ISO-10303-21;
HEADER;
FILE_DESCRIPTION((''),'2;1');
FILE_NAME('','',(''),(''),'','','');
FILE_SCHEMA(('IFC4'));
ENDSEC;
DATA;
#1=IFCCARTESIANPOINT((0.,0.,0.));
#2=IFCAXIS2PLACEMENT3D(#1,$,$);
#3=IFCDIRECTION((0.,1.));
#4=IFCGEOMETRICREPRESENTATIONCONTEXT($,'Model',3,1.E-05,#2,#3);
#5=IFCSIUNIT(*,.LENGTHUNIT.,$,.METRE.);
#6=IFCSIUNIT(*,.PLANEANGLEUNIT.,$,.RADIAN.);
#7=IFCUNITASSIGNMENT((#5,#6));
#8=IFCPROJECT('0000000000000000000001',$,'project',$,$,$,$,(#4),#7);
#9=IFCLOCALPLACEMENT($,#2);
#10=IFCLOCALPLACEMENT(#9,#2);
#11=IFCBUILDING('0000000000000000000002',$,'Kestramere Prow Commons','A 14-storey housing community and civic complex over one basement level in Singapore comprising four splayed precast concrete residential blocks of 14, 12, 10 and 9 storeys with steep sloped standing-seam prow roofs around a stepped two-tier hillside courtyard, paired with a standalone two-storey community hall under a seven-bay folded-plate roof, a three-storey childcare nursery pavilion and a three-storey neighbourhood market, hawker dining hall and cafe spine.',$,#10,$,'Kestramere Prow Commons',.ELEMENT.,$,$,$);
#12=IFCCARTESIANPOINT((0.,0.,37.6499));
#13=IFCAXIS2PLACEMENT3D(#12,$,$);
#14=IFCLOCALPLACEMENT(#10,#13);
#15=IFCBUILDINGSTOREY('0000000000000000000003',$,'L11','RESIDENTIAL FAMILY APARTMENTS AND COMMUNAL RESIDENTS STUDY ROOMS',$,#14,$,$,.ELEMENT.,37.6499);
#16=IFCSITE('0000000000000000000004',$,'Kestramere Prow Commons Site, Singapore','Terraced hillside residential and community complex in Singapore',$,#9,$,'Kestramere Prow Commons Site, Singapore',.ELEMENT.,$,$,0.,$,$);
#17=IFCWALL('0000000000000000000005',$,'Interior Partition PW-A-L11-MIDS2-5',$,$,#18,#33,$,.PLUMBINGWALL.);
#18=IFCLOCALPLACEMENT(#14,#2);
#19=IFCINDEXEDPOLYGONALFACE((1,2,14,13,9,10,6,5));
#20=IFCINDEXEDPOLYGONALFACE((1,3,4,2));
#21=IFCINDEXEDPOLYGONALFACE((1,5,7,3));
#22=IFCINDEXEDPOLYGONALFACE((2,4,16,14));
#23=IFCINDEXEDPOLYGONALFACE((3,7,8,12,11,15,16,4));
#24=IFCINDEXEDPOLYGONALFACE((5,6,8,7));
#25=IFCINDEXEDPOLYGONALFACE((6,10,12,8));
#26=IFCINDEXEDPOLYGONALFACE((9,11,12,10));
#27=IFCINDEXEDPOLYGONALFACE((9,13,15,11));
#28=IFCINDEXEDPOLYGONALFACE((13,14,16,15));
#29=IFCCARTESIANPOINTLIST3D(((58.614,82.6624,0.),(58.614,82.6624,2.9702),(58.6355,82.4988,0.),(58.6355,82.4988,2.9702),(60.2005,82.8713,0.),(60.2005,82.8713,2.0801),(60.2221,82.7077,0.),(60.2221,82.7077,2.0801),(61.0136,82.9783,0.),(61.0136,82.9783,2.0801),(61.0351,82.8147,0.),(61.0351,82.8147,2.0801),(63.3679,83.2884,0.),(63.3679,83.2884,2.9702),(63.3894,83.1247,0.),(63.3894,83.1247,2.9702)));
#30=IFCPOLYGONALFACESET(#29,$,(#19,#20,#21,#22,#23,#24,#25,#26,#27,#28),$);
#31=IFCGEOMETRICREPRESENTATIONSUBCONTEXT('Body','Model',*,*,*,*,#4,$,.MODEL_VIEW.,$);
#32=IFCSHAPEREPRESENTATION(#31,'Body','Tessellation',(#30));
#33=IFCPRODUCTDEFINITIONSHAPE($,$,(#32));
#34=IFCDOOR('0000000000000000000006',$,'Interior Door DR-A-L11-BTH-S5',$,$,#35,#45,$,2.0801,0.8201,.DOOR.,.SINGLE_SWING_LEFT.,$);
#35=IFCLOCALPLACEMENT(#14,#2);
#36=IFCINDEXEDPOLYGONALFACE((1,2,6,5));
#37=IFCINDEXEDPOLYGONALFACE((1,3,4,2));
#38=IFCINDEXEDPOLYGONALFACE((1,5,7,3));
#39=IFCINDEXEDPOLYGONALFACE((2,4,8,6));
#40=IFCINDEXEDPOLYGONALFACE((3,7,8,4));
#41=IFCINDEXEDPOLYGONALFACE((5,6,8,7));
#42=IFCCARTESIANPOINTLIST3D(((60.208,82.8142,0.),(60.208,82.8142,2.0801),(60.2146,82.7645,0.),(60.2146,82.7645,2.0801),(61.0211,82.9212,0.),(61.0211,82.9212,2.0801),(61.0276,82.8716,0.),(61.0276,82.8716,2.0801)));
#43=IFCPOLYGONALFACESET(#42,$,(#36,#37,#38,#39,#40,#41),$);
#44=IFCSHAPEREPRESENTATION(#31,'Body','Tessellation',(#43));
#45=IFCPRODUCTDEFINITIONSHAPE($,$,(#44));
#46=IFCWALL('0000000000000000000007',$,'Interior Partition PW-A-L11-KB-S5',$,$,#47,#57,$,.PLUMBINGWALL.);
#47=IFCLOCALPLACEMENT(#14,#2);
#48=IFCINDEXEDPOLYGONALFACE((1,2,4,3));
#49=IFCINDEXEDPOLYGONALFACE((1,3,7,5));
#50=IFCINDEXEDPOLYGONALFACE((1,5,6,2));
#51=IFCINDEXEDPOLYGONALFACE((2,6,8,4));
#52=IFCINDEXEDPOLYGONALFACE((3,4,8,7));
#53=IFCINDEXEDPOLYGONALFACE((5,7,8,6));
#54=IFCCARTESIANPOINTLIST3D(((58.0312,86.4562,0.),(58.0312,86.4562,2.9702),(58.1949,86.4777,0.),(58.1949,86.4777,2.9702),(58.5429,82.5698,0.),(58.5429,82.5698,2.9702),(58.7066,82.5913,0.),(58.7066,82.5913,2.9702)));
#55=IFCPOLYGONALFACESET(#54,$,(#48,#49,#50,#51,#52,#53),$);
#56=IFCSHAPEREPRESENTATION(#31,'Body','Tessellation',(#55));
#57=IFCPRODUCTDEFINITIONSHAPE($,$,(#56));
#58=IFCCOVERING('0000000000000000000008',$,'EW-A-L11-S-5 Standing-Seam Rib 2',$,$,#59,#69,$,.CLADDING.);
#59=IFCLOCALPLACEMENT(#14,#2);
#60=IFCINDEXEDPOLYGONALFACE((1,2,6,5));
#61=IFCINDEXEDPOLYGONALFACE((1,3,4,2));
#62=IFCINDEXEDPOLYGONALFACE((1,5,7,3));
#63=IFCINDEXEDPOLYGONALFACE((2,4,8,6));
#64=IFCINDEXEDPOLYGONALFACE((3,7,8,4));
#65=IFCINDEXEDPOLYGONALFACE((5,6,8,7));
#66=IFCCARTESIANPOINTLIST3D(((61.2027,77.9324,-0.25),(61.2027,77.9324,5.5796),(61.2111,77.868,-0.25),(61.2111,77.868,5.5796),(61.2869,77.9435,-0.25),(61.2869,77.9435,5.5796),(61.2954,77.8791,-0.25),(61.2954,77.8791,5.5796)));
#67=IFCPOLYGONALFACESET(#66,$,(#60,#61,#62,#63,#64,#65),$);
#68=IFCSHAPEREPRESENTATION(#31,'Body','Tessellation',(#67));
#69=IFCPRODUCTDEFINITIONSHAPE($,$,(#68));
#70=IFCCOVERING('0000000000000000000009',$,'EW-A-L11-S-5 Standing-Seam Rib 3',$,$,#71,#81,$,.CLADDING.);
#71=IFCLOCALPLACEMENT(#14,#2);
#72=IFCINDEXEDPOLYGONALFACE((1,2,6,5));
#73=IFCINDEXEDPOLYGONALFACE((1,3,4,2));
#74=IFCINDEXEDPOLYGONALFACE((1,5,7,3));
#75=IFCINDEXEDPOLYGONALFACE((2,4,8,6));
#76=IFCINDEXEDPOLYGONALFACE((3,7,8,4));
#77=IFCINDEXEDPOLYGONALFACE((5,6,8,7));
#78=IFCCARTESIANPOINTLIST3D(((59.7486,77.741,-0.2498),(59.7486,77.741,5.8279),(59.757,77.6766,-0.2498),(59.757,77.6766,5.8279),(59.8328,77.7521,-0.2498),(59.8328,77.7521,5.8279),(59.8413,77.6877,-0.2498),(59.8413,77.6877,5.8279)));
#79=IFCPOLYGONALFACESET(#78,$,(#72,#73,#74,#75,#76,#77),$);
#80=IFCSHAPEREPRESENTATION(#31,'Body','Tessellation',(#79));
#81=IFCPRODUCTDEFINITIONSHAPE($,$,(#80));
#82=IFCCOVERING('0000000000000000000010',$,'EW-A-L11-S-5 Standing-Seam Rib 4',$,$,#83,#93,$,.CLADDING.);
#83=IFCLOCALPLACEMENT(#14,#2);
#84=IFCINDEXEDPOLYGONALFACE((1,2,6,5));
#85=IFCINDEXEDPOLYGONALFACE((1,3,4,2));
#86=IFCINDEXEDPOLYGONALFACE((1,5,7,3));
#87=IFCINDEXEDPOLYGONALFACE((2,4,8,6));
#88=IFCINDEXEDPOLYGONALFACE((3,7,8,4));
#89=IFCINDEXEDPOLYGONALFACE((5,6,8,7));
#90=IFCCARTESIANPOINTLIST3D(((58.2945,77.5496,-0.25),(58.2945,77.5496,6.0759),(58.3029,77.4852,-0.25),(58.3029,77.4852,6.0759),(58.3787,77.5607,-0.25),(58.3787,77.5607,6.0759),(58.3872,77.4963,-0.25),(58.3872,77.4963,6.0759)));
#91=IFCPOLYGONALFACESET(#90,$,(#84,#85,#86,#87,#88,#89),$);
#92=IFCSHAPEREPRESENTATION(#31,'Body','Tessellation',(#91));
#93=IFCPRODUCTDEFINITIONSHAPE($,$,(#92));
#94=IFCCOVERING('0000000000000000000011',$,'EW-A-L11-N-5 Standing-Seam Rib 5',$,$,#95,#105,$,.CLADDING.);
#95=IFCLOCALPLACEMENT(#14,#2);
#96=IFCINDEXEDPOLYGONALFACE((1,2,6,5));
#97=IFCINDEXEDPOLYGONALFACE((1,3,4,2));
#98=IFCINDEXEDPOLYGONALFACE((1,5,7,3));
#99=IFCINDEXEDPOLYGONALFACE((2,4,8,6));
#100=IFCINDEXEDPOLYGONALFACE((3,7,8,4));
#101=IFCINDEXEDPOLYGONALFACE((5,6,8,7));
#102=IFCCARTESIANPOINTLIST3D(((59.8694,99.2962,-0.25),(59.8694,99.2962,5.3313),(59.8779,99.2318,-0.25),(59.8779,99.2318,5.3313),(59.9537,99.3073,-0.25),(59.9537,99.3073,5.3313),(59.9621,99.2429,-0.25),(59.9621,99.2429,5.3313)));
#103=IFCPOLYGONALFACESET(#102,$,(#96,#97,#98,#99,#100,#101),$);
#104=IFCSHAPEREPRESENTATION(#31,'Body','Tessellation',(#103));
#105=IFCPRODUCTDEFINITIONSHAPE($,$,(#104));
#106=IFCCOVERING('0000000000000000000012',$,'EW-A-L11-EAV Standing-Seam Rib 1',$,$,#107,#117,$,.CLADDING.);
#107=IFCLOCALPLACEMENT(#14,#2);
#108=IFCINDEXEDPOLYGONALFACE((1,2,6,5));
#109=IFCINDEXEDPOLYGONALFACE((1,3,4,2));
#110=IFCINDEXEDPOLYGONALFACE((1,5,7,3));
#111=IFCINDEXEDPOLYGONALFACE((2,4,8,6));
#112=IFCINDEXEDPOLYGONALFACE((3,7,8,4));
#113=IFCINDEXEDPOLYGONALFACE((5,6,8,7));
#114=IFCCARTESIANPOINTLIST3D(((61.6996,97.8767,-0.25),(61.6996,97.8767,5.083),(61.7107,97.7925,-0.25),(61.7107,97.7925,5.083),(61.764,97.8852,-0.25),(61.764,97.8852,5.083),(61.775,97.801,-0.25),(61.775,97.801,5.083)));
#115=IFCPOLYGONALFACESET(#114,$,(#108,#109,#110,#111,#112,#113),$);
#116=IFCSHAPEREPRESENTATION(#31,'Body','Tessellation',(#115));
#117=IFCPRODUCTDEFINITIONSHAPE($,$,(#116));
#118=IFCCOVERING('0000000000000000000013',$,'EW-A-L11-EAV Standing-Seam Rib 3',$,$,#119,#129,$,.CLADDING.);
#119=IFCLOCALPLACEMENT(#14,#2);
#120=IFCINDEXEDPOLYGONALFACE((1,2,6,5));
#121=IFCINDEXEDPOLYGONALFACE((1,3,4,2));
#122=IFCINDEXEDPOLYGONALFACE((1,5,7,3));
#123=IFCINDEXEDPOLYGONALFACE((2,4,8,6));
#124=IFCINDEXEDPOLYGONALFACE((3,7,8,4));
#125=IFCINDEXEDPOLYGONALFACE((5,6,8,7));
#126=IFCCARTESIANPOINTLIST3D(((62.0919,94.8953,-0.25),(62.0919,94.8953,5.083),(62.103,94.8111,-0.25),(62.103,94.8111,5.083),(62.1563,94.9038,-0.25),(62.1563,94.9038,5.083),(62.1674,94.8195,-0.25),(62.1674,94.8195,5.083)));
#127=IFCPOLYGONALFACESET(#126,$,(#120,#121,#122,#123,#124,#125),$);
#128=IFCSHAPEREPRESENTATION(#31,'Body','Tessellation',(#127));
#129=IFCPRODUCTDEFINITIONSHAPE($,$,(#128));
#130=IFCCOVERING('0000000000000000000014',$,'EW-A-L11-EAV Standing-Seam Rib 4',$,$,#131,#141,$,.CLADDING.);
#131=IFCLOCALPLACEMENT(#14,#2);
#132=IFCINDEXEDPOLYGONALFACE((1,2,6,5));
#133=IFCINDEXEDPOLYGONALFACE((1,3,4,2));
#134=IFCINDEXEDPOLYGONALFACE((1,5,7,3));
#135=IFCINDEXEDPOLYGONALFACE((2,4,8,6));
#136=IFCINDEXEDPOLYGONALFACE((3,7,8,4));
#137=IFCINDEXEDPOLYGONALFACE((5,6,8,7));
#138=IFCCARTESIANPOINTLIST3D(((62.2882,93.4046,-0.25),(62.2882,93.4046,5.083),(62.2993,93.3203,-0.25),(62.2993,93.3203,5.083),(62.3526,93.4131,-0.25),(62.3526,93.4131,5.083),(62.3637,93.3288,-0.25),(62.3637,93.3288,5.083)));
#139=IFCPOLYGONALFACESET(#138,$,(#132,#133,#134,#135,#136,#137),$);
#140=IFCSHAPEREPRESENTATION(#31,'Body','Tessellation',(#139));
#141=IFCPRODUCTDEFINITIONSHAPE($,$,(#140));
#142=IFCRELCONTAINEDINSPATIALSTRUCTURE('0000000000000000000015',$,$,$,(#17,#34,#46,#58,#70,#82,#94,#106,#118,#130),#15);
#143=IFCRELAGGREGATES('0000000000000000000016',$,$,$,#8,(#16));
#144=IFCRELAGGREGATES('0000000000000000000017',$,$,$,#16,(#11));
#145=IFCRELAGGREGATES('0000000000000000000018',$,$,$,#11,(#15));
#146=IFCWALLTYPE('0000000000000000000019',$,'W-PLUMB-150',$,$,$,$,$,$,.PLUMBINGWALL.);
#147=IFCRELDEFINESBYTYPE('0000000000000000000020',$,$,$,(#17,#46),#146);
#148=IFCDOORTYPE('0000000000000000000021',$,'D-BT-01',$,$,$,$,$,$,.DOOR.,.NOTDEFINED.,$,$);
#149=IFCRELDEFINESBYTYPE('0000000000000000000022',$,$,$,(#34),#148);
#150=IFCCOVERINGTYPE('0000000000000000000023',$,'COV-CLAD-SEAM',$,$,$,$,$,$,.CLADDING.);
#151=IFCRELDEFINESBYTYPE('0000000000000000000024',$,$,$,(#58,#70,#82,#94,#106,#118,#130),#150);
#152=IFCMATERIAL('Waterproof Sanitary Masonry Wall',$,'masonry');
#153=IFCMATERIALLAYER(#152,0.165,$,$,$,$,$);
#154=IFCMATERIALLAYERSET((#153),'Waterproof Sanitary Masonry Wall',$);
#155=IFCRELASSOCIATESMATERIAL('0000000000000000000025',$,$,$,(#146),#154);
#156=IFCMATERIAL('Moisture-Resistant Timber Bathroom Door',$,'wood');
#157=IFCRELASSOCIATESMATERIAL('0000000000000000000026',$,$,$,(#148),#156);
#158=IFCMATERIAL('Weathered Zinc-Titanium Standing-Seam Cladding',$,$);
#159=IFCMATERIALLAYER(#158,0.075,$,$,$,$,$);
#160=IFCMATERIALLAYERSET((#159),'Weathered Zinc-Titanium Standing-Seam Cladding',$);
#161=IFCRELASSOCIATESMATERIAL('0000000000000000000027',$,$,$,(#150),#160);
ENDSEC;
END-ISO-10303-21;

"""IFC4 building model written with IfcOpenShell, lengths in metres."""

from ifc_helpers import new_model, si_unit, direction, frame, frame_2d, origin, origin_2d, place, context, subcontext, project, spatial, rectangle, extrude, material, layer, layer_set, type_object, element, fill, save


model = new_model("IFC4")

# Units and contexts
model_context = context("Model", 3, precision=1e-05, world=origin(), true_north=direction((0.0, 1.0)))
body_context = subcontext(model_context, "Body", "Model", "MODEL_VIEW")
ifc_project = project(units=[si_unit("LENGTHUNIT", "METRE"), si_unit("PLANEANGLEUNIT", "RADIAN")], contexts=[model_context])

# Site, building, storey
site_placement = place(None, origin())
site = spatial("IfcSite", under=ifc_project, at=site_placement, Name="Kestramere Prow Commons Site, Singapore", Description="Terraced hillside residential and community complex in Singapore", LongName="Kestramere Prow Commons Site, Singapore", CompositionType="ELEMENT", RefElevation=0.0)
building_placement = place(site_placement, origin())
building = spatial("IfcBuilding", under=site, at=building_placement, Name="Kestramere Prow Commons", Description="A 14-storey housing community and civic complex over one basement level in Singapore comprising four splayed precast concrete residential blocks of 14, 12, 10 and 9 storeys with steep sloped standing-seam prow roofs around a stepped two-tier hillside courtyard, paired with a standalone two-storey community hall under a seven-bay folded-plate roof, a three-storey childcare nursery pavilion and a three-storey neighbourhood market, hawker dining hall and cafe spine.", LongName="Kestramere Prow Commons", CompositionType="ELEMENT")
storey_placement = place(building_placement, frame((0.0, 0.0, 37.6499)))
storey = spatial("IfcBuildingStorey", under=building, at=storey_placement, Name="L11", Description="RESIDENTIAL FAMILY APARTMENTS AND COMMUNAL RESIDENTS STUDY ROOMS", CompositionType="ELEMENT", Elevation=37.6499)

# Wall, opening, door
ifc_material_1 = material(Name="Waterproof Sanitary Masonry Wall", Category="masonry")
ifc_layer_1 = layer(ifc_material_1, 0.165)
ifc_layer_set_1 = layer_set([ifc_layer_1], Name="Waterproof Sanitary Masonry Wall")
wall_type_1 = type_object("IfcWallType", Name="W-PLUMB-150", PredefinedType="PLUMBINGWALL", material=ifc_layer_set_1)
wall_1_placement = place(storey_placement, frame((58.6248, 82.5806, 0.0), z_axis=(0.0, 0.0, 1.0), x_axis=(0.991442, 0.130549, 0.0)))
wall_1 = element("IfcWall", 1, at=wall_1_placement, inside=storey, type_object=wall_type_1, Name="Interior Partition PW-A-L11-MIDS2-5", PredefinedType="PLUMBINGWALL", context=body_context, shape_type="SweptSolid", body=[
    extrude(rectangle(XDim=4.7949, YDim=0.165, at=frame_2d((2.3975, 0.0))), origin(), (0.0, 0.0, 1.0), 2.9702),
])
opening_1_placement = place(wall_1_placement, frame((1.6001, 0.0, 0.0)))
opening_1 = element("IfcOpeningElement", 2, at=opening_1_placement, cuts=wall_1, PredefinedType="OPENING", context=body_context, shape_type="SweptSolid", body=[
    extrude(rectangle(XDim=0.8201, YDim=2.0801, at=frame_2d((0.4102, 1.04))), frame((0.0, 0.0974, 0.0), z_axis=(0.0, -1.0, 0.0), x_axis=(1.0, 0.0, 0.0)), (0.0, 0.0, 1.0), 0.1951),
])
ifc_material_2 = material(Name="Moisture-Resistant Timber Bathroom Door", Category="wood")
door_type_1 = type_object("IfcDoorType", Name="D-BT-01", OperationType="NOTDEFINED", PredefinedType="DOOR", material=ifc_material_2)
door_1_placement = place(opening_1_placement, origin())
door_1 = element("IfcDoor", 3, at=door_1_placement, inside=storey, type_object=door_type_1, Name="Interior Door DR-A-L11-BTH-S5", OperationType="SINGLE_SWING_LEFT", OverallHeight=2.0801, OverallWidth=0.8201, PredefinedType="DOOR", context=body_context, shape_type="SweptSolid", body=[
    extrude(rectangle(XDim=0.8201, YDim=2.0801, at=frame_2d((0.4102, 1.04))), frame((0.0, 0.0249, 0.0), z_axis=(0.0, -1.0, 0.0), x_axis=(1.0, 0.0, 0.0)), (0.0, 0.0, 1.0), 0.05),
])
fill(opening_1, door_1)

# Wall
wall_2_placement = place(storey_placement, frame((58.6248, 82.5806, 0.0), z_axis=(0.0, 0.0, 1.0), x_axis=(-0.13054, 0.991443, 0.0)))
element("IfcWall", 4, at=wall_2_placement, inside=storey, type_object=wall_type_1, Name="Interior Partition PW-A-L11-KB-S5", PredefinedType="PLUMBINGWALL", context=body_context, shape_type="SweptSolid", body=[
    extrude(rectangle(XDim=3.9199, YDim=0.165, at=frame_2d((1.96, 0.0))), origin(), (0.0, 0.0, 1.0), 2.9702),
])

# Coverings
ifc_material_3 = material(Name="Weathered Zinc-Titanium Standing-Seam Cladding")
ifc_layer_2 = layer(ifc_material_3, 0.075)
ifc_layer_set_2 = layer_set([ifc_layer_2], Name="Weathered Zinc-Titanium Standing-Seam Cladding")
covering_type = type_object("IfcCoveringType", Name="COV-CLAD-SEAM", PredefinedType="CLADDING", material=ifc_layer_set_2)
covering_1_placement = place(storey_placement, frame((61.249, 77.9058, -0.25), z_axis=(0.0, 0.0, 1.0), x_axis=(-0.991445, -0.130526, 0.0)))
element("IfcCovering", 5, at=covering_1_placement, inside=storey, type_object=covering_type, Name="EW-A-L11-S-5 Standing-Seam Rib 2", PredefinedType="CLADDING", context=body_context, shape_type="SweptSolid", body=[
    extrude(rectangle(XDim=0.085, YDim=0.0649, at=origin_2d()), origin(), (0.0, 0.0, 1.0), 5.8296),
])
covering_2_placement = place(storey_placement, frame((59.7949, 77.7144, -0.2498), z_axis=(0.0, 0.0, 1.0), x_axis=(-0.991445, -0.130526, 0.0)))
element("IfcCovering", 6, at=covering_2_placement, inside=storey, type_object=covering_type, Name="EW-A-L11-S-5 Standing-Seam Rib 3", PredefinedType="CLADDING", context=body_context, shape_type="SweptSolid", body=[
    extrude(rectangle(XDim=0.085, YDim=0.0649, at=origin_2d()), origin(), (0.0, 0.0, 1.0), 6.0776),
])
covering_3_placement = place(storey_placement, frame((58.3408, 77.5229, -0.25), z_axis=(0.0, 0.0, 1.0), x_axis=(-0.991445, -0.130526, 0.0)))
element("IfcCovering", 7, at=covering_3_placement, inside=storey, type_object=covering_type, Name="EW-A-L11-S-5 Standing-Seam Rib 4", PredefinedType="CLADDING", context=body_context, shape_type="SweptSolid", body=[
    extrude(rectangle(XDim=0.085, YDim=0.0649, at=origin_2d()), origin(), (0.0, 0.0, 1.0), 6.3259),
])
covering_4_placement = place(storey_placement, frame((59.9158, 99.2695, -0.25), z_axis=(0.0, 0.0, 1.0), x_axis=(0.991445, 0.130526, 0.0)))
element("IfcCovering", 8, at=covering_4_placement, inside=storey, type_object=covering_type, Name="EW-A-L11-N-5 Standing-Seam Rib 5", PredefinedType="CLADDING", context=body_context, shape_type="SweptSolid", body=[
    extrude(rectangle(XDim=0.085, YDim=0.0649, at=origin_2d()), origin(), (0.0, 0.0, 1.0), 5.5813),
])
for number, where, z_axis, x_axis, name in (
    (9, (61.7373, 97.8389, -0.25), (0.0, 0.0, 1.0), (0.130526, -0.991445, 0.0), "EW-A-L11-EAV Standing-Seam Rib 1"),
    (10, (62.1296, 94.8574, -0.25), (0.0, 0.0, 1.0), (0.130526, -0.991445, 0.0), "EW-A-L11-EAV Standing-Seam Rib 3"),
    (11, (62.3259, 93.3667, -0.25), (0.0, 0.0, 1.0), (0.130526, -0.991445, 0.0), "EW-A-L11-EAV Standing-Seam Rib 4"),
):
    element("IfcCovering", number, at=place(storey_placement, frame(where, z_axis=z_axis, x_axis=x_axis)), inside=storey, type_object=covering_type, Name=name, PredefinedType="CLADDING", context=body_context, shape_type="SweptSolid", body=[
        extrude(rectangle(XDim=0.085, YDim=0.0649, at=origin_2d()), origin(), (0.0, 0.0, 1.0), 5.333),
    ])

save(model, "model.ifc")
